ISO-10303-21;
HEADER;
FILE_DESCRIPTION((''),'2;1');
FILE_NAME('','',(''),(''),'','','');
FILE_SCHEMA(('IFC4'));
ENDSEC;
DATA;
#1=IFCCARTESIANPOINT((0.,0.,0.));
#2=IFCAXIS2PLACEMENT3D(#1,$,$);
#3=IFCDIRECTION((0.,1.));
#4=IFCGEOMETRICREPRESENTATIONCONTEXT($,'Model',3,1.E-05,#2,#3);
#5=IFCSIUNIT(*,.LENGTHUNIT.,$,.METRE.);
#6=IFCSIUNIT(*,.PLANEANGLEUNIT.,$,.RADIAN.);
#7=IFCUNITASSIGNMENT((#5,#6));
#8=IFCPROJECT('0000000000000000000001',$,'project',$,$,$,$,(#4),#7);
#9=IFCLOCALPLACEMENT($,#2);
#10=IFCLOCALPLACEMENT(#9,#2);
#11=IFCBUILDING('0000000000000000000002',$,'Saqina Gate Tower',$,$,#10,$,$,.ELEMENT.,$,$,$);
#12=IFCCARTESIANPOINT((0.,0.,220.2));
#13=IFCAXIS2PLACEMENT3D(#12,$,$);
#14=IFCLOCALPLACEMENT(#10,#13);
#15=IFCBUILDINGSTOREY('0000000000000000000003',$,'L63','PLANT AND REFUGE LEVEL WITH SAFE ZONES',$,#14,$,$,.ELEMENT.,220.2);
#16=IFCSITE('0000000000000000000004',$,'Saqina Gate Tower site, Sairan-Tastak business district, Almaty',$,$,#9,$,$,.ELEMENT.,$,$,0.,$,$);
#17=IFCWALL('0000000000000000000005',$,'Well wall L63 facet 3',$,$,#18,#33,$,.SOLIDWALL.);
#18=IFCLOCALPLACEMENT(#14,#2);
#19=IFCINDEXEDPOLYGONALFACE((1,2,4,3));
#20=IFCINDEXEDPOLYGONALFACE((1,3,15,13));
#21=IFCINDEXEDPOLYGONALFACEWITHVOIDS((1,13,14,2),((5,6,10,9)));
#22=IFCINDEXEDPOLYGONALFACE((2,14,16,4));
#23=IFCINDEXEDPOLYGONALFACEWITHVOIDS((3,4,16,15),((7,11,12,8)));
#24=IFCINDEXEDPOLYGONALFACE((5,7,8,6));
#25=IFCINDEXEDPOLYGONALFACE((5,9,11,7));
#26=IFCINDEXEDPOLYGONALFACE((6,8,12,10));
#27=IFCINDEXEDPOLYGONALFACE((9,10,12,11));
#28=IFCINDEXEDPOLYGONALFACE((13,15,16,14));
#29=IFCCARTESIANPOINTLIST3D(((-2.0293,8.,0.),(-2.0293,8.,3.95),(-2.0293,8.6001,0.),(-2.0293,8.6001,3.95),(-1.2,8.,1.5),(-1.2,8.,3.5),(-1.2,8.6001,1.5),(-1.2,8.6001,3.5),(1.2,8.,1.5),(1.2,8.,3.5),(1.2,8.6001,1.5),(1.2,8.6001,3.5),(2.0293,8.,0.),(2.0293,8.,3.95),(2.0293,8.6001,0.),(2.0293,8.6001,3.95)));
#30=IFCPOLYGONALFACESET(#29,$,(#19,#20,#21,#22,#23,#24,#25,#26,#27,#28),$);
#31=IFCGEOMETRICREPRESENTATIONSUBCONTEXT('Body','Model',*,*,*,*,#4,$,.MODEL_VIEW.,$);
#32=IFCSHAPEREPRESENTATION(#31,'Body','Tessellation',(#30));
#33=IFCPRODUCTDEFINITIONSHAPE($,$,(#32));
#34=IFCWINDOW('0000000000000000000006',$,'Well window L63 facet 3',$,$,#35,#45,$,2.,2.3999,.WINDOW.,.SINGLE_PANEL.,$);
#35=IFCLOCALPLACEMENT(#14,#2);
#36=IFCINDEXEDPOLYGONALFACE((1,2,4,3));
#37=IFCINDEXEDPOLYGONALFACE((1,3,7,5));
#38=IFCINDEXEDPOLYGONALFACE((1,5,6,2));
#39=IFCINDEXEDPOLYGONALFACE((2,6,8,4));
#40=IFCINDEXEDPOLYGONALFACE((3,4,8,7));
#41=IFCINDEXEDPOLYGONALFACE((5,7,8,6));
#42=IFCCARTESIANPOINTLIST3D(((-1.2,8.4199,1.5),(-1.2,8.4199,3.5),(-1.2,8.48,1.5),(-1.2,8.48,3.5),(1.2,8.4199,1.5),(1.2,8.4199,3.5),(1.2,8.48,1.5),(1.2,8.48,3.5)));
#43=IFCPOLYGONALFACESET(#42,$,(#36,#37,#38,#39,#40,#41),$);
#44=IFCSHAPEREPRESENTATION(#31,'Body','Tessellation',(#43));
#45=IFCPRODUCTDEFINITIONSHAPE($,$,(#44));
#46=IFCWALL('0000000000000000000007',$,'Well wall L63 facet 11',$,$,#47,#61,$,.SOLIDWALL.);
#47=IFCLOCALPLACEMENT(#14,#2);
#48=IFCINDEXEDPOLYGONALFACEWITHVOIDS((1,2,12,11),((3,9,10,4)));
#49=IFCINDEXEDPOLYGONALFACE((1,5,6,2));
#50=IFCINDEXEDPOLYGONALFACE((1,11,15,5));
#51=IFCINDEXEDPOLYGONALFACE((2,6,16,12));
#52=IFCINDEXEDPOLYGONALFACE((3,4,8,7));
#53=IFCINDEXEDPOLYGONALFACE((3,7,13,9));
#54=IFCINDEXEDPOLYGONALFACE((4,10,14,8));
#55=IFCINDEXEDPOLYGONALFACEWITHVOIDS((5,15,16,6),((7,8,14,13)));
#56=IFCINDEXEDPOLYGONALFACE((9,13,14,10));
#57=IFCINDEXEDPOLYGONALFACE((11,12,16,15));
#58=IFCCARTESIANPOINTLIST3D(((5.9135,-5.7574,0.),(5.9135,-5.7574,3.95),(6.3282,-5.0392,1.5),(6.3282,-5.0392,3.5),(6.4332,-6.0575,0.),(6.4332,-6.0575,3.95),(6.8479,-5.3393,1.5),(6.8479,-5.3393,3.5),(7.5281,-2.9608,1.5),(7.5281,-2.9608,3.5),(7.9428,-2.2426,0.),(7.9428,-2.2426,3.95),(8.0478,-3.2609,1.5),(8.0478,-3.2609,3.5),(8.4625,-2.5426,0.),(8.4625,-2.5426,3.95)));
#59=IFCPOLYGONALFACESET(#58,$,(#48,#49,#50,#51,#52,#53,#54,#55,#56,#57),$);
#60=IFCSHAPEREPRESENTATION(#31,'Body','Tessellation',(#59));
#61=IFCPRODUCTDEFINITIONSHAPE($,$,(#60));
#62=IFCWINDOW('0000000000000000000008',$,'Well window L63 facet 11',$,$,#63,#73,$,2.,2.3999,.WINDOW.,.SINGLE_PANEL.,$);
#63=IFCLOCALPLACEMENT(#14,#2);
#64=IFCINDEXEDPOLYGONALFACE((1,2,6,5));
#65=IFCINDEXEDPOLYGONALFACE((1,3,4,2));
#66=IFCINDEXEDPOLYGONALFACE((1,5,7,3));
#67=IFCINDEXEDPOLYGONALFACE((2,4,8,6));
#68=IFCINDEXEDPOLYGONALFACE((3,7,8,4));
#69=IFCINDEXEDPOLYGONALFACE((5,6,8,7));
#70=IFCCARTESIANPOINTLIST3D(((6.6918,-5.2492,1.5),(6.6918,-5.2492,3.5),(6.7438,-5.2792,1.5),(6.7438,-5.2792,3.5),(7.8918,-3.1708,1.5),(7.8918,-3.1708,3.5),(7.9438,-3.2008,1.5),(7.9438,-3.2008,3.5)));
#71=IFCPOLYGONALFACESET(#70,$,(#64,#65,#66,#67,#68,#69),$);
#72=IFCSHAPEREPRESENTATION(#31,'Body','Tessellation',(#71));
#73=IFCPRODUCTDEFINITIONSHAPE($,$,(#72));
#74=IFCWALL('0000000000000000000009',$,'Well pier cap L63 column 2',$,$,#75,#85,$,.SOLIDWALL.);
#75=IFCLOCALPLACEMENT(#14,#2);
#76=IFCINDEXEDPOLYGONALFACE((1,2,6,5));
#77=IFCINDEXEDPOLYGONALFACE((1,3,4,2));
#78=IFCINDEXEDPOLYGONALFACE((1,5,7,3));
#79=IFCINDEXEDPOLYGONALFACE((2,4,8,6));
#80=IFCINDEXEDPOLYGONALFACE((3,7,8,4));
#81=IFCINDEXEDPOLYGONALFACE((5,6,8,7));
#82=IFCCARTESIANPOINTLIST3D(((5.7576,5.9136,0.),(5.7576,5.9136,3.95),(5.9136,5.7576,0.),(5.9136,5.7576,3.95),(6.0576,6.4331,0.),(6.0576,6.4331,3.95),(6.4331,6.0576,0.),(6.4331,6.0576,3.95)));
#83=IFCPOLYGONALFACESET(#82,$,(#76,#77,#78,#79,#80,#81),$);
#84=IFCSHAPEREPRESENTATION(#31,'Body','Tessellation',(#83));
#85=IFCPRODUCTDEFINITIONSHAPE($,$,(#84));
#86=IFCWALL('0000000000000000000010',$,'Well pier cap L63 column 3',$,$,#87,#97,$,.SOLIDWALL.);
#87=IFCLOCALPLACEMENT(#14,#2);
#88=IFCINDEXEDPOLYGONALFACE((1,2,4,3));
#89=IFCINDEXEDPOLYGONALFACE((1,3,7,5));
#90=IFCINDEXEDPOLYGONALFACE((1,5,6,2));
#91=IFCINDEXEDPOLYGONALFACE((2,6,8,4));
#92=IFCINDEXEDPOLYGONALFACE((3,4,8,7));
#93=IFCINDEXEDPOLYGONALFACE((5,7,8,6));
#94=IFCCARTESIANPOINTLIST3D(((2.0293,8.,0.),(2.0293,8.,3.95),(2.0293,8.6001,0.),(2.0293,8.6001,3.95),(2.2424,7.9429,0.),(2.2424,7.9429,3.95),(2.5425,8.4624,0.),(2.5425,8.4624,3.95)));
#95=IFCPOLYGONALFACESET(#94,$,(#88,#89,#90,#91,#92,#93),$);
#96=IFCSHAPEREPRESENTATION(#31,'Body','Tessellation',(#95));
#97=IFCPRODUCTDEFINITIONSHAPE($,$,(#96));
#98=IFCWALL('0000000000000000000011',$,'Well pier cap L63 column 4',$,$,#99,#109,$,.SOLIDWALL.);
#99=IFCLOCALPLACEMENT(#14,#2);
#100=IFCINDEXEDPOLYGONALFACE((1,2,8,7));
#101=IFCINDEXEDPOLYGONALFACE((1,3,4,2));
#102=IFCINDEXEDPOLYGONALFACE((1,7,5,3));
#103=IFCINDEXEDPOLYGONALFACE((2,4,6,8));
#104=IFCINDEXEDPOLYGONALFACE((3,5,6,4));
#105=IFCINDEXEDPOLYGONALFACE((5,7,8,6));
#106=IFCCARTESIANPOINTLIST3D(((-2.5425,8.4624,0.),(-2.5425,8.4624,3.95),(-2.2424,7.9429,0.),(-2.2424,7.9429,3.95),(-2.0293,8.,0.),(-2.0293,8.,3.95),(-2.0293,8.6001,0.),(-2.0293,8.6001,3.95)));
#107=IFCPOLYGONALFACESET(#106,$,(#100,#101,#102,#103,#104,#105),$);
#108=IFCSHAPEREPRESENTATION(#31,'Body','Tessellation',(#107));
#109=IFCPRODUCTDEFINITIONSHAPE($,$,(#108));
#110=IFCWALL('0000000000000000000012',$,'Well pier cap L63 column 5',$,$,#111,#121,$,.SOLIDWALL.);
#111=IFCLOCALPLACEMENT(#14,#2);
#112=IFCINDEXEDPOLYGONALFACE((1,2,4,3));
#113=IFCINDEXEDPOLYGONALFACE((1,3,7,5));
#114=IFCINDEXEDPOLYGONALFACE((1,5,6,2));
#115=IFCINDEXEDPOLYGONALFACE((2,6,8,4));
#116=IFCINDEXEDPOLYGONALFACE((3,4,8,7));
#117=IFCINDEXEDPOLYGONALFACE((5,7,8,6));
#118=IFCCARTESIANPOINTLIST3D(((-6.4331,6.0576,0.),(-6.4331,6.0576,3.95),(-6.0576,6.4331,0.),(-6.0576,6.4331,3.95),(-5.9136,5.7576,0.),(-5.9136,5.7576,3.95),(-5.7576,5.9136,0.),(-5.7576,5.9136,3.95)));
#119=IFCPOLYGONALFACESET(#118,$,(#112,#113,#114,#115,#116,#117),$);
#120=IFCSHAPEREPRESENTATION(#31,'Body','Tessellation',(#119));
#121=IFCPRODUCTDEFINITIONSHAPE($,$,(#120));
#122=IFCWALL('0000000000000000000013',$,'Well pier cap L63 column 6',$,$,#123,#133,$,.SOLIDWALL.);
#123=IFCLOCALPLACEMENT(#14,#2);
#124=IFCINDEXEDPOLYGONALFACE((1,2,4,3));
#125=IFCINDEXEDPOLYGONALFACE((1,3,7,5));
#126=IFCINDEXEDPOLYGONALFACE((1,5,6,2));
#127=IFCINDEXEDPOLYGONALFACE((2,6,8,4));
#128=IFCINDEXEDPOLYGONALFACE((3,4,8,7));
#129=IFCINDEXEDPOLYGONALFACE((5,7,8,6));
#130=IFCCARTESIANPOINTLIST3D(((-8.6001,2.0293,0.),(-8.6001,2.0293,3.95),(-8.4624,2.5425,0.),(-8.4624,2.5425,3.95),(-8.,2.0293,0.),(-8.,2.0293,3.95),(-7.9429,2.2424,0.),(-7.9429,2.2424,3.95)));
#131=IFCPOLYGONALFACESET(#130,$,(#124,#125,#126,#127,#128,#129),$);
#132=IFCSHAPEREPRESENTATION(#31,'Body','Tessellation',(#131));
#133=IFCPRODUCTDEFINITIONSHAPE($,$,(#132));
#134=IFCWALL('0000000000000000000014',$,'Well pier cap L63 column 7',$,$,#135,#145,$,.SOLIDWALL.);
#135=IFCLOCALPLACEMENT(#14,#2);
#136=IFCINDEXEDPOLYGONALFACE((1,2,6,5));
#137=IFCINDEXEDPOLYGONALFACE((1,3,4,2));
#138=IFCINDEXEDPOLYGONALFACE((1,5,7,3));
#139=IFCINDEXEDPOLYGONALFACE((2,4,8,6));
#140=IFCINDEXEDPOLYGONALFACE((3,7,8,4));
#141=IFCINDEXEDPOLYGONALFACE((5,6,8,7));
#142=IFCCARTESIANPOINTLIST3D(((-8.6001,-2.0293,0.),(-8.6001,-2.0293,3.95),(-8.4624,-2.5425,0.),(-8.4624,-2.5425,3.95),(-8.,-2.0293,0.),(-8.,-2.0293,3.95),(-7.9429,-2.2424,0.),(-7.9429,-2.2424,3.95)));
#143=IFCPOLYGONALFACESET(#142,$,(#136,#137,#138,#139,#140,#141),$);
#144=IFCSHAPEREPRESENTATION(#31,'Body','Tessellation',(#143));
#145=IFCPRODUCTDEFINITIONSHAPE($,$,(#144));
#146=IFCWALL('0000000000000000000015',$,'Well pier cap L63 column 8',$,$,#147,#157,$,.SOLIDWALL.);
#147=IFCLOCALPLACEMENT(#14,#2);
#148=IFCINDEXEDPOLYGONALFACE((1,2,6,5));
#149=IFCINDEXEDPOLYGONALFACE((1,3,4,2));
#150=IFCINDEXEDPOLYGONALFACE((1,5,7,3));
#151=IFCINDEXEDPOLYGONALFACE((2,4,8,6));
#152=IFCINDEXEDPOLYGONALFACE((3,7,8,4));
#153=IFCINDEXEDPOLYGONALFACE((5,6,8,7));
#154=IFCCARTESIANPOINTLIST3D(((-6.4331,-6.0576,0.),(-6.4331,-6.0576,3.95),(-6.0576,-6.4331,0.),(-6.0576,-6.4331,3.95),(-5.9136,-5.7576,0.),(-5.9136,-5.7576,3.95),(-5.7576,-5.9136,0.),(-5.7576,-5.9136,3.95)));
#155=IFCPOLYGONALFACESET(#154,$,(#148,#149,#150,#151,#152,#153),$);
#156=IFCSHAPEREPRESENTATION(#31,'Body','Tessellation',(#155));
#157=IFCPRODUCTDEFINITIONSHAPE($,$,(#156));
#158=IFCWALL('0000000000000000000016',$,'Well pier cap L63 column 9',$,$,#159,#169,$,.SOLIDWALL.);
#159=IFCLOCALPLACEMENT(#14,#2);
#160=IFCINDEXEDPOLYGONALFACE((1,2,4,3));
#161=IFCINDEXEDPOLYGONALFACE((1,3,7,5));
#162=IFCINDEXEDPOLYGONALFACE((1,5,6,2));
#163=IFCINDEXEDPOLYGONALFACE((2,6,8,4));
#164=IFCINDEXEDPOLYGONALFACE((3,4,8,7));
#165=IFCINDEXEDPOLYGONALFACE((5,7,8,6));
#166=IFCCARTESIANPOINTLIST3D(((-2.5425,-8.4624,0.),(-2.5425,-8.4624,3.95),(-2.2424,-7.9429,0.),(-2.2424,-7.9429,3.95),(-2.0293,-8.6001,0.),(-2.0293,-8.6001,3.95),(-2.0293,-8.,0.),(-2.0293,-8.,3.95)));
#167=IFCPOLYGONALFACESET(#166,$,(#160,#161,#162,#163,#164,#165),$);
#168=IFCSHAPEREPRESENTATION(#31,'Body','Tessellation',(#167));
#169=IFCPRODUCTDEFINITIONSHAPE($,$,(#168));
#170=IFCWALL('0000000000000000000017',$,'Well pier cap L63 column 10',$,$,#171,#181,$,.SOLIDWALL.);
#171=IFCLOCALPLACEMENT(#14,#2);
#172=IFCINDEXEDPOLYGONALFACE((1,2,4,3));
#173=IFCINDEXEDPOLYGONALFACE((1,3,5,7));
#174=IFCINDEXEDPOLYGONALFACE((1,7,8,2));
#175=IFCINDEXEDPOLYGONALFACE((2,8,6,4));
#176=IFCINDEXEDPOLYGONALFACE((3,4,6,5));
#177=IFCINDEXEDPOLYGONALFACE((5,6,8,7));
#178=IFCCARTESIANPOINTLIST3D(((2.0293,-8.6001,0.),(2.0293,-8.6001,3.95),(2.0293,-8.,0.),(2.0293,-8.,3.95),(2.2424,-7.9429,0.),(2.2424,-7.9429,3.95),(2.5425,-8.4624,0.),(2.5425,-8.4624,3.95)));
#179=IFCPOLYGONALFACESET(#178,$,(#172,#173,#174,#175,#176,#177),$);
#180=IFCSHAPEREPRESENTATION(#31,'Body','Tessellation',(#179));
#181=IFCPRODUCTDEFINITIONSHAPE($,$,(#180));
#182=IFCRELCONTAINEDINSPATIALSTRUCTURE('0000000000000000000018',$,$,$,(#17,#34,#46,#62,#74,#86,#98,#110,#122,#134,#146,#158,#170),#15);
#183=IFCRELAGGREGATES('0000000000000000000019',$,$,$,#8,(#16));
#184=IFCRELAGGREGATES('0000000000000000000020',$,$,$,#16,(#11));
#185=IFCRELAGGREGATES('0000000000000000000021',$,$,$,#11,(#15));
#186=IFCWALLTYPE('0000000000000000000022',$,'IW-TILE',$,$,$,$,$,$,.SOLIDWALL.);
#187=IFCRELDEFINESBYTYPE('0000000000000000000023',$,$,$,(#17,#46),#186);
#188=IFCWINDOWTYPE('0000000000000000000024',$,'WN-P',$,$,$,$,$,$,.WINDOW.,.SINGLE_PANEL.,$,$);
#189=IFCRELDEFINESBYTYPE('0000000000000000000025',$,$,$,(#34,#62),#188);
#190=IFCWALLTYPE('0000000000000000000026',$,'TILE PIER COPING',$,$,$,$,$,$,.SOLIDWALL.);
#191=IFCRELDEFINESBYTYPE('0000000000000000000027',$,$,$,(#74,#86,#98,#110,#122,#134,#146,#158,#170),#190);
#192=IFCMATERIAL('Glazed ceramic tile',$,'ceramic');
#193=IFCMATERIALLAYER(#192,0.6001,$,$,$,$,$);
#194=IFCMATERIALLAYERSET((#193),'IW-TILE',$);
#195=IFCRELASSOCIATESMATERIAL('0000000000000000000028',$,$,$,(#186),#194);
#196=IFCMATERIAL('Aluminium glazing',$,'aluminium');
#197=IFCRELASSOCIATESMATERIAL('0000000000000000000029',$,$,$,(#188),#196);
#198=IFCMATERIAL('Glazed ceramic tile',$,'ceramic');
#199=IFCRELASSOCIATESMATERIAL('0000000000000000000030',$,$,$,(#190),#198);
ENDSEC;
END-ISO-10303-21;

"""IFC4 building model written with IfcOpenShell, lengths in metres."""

from ifc_helpers import new_model, si_unit, direction, frame, frame_2d, origin, place, context, subcontext, project, spatial, polyline, rectangle, outline, extrude, material, layer, layer_set, type_object, element, fill, save


model = new_model("IFC4")

# Units and contexts
model_context = context("Model", 3, precision=1e-05, world=origin(), true_north=direction((0.0, 1.0)))
body_context = subcontext(model_context, "Body", "Model", "MODEL_VIEW")
ifc_project = project(units=[si_unit("LENGTHUNIT", "METRE"), si_unit("PLANEANGLEUNIT", "RADIAN")], contexts=[model_context])

# Site, building, storey
site_placement = place(None, origin())
site = spatial("IfcSite", under=ifc_project, at=site_placement, Name="Saqina Gate Tower site, Sairan-Tastak business district, Almaty", CompositionType="ELEMENT", RefElevation=0.0)
building_placement = place(site_placement, origin())
building = spatial("IfcBuilding", under=site, at=building_placement, Name="Saqina Gate Tower", CompositionType="ELEMENT")
storey_placement = place(building_placement, frame((0.0, 0.0, 220.2)))
storey = spatial("IfcBuildingStorey", under=building, at=storey_placement, Name="L63", Description="PLANT AND REFUGE LEVEL WITH SAFE ZONES", CompositionType="ELEMENT", Elevation=220.2)

# Walls, openings, windows
ifc_material_1 = material(Name="Glazed ceramic tile", Category="ceramic")
ifc_layer_1 = layer(ifc_material_1, 0.6001)
ifc_layer_set_1 = layer_set([ifc_layer_1], Name="IW-TILE")
wall_type_1 = type_object("IfcWallType", Name="IW-TILE", PredefinedType="SOLIDWALL", material=ifc_layer_set_1)
ifc_material_2 = material(Name="Aluminium glazing", Category="aluminium")
window_type = type_object("IfcWindowType", Name="WN-P", PartitioningType="SINGLE_PANEL", PredefinedType="WINDOW", material=ifc_material_2)
wall_1_placement = place(storey_placement, frame((2.0293, 8.3, 0.0), z_axis=(0.0, 0.0, 1.0), x_axis=(-1.0, 0.0, 0.0)))
wall_1 = element("IfcWall", 1, at=wall_1_placement, inside=storey, type_object=wall_type_1, Name="Well wall L63 facet 3", PredefinedType="SOLIDWALL", context=body_context, shape_type="SweptSolid", body=[
    extrude(rectangle(XDim=4.0586, YDim=0.6001, at=frame_2d((2.0293, 0.0))), origin(), (0.0, 0.0, 1.0), 3.95),
])
opening_1_placement = place(wall_1_placement, frame((0.8293, 0.0, 1.5)))
opening_1 = element("IfcOpeningElement", 2, at=opening_1_placement, cuts=wall_1, PredefinedType="OPENING", context=body_context, shape_type="SweptSolid", body=[
    extrude(rectangle(XDim=2.3999, YDim=2.0, at=frame_2d((1.2, 1.0))), frame((0.0, 0.312, 0.0), z_axis=(0.0, -1.0, 0.0), x_axis=(1.0, 0.0, 0.0)), (0.0, 0.0, 1.0), 0.624),
])
window_1_placement = place(opening_1_placement, origin())
window_1 = element("IfcWindow", 3, at=window_1_placement, inside=storey, type_object=window_type, Name="Well window L63 facet 3", OverallHeight=2.0, OverallWidth=2.3999, PartitioningType="SINGLE_PANEL", PredefinedType="WINDOW", context=body_context, shape_type="SweptSolid", body=[
    extrude(rectangle(XDim=2.3999, YDim=2.0, at=frame_2d((1.2, 1.0))), frame((0.0, -0.1199, 0.0), z_axis=(0.0, -1.0, 0.0), x_axis=(1.0, 0.0, 0.0)), (0.0, 0.0, 1.0), 0.0601),
])
fill(opening_1, window_1)
wall_2_placement = place(storey_placement, frame((6.1733, -5.9075, 0.0), z_axis=(0.0, 0.0, 1.0), x_axis=(0.499995, 0.866028, 0.0)))
wall_2 = element("IfcWall", 4, at=wall_2_placement, inside=storey, type_object=wall_type_1, Name="Well wall L63 facet 11", PredefinedType="SOLIDWALL", context=body_context, shape_type="SweptSolid", body=[
    extrude(rectangle(XDim=4.0586, YDim=0.6001, at=frame_2d((2.0293, 0.0))), origin(), (0.0, 0.0, 1.0), 3.95),
])
opening_2_placement = place(wall_2_placement, frame((0.8293, 0.0, 1.5)))
opening_2 = element("IfcOpeningElement", 5, at=opening_2_placement, cuts=wall_2, PredefinedType="OPENING", context=body_context, shape_type="SweptSolid", body=[
    extrude(rectangle(XDim=2.3999, YDim=2.0, at=frame_2d((1.2, 1.0))), frame((0.0, 0.312, 0.0), z_axis=(0.0, -1.0, 0.0), x_axis=(1.0, 0.0, 0.0)), (0.0, 0.0, 1.0), 0.624),
])
window_2_placement = place(opening_2_placement, origin())
window_2 = element("IfcWindow", 6, at=window_2_placement, inside=storey, type_object=window_type, Name="Well window L63 facet 11", OverallHeight=2.0, OverallWidth=2.3999, PartitioningType="SINGLE_PANEL", PredefinedType="WINDOW", context=body_context, shape_type="SweptSolid", body=[
    extrude(rectangle(XDim=2.3999, YDim=2.0, at=frame_2d((1.2, 1.0))), frame((0.0, -0.1199, 0.0), z_axis=(0.0, -1.0, 0.0), x_axis=(1.0, 0.0, 0.0)), (0.0, 0.0, 1.0), 0.0601),
])
fill(opening_2, window_2)

# Walls
ifc_material_3 = material(Name="Glazed ceramic tile", Category="ceramic")
wall_type_2 = type_object("IfcWallType", Name="TILE PIER COPING", PredefinedType="SOLIDWALL", material=ifc_material_3)
wall_3_placement = place(storey_placement, origin())
element("IfcWall", 7, at=wall_3_placement, inside=storey, type_object=wall_type_2, Name="Well pier cap L63 column 2", PredefinedType="SOLIDWALL", context=body_context, shape_type="SweptSolid", body=[
    extrude(outline(polyline([(6.0576, 6.4331), (5.7576, 5.9136), (5.9136, 5.7576), (6.4331, 6.0576), (6.0576, 6.4331)])), origin(), (0.0, 0.0, 1.0), 3.95),
])
wall_4_placement = place(storey_placement, origin())
element("IfcWall", 8, at=wall_4_placement, inside=storey, type_object=wall_type_2, Name="Well pier cap L63 column 3", PredefinedType="SOLIDWALL", context=body_context, shape_type="SweptSolid", body=[
    extrude(outline(polyline([(2.0293, 8.6001), (2.0293, 8.0), (2.2424, 7.9429), (2.5425, 8.4624), (2.0293, 8.6001)])), origin(), (0.0, 0.0, 1.0), 3.95),
])
wall_5_placement = place(storey_placement, origin())
element("IfcWall", 9, at=wall_5_placement, inside=storey, type_object=wall_type_2, Name="Well pier cap L63 column 4", PredefinedType="SOLIDWALL", context=body_context, shape_type="SweptSolid", body=[
    extrude(outline(polyline([(-2.5425, 8.4624), (-2.2424, 7.9429), (-2.0293, 8.0), (-2.0293, 8.6001), (-2.5425, 8.4624)])), origin(), (0.0, 0.0, 1.0), 3.95),
])
wall_6_placement = place(storey_placement, origin())
element("IfcWall", 10, at=wall_6_placement, inside=storey, type_object=wall_type_2, Name="Well pier cap L63 column 5", PredefinedType="SOLIDWALL", context=body_context, shape_type="SweptSolid", body=[
    extrude(outline(polyline([(-6.4331, 6.0576), (-5.9136, 5.7576), (-5.7576, 5.9136), (-6.0576, 6.4331), (-6.4331, 6.0576)])), origin(), (0.0, 0.0, 1.0), 3.95),
])
wall_7_placement = place(storey_placement, origin())
element("IfcWall", 11, at=wall_7_placement, inside=storey, type_object=wall_type_2, Name="Well pier cap L63 column 6", PredefinedType="SOLIDWALL", context=body_context, shape_type="SweptSolid", body=[
    extrude(outline(polyline([(-8.6001, 2.0293), (-8.0, 2.0293), (-7.9429, 2.2424), (-8.4624, 2.5425), (-8.6001, 2.0293)])), origin(), (0.0, 0.0, 1.0), 3.95),
])
wall_8_placement = place(storey_placement, origin())
element("IfcWall", 12, at=wall_8_placement, inside=storey, type_object=wall_type_2, Name="Well pier cap L63 column 7", PredefinedType="SOLIDWALL", context=body_context, shape_type="SweptSolid", body=[
    extrude(outline(polyline([(-8.4624, -2.5425), (-7.9429, -2.2424), (-8.0, -2.0293), (-8.6001, -2.0293), (-8.4624, -2.5425)])), origin(), (0.0, 0.0, 1.0), 3.95),
])
wall_9_placement = place(storey_placement, origin())
element("IfcWall", 13, at=wall_9_placement, inside=storey, type_object=wall_type_2, Name="Well pier cap L63 column 8", PredefinedType="SOLIDWALL", context=body_context, shape_type="SweptSolid", body=[
    extrude(outline(polyline([(-6.0576, -6.4331), (-5.7576, -5.9136), (-5.9136, -5.7576), (-6.4331, -6.0576), (-6.0576, -6.4331)])), origin(), (0.0, 0.0, 1.0), 3.95),
])
wall_10_placement = place(storey_placement, origin())
element("IfcWall", 14, at=wall_10_placement, inside=storey, type_object=wall_type_2, Name="Well pier cap L63 column 9", PredefinedType="SOLIDWALL", context=body_context, shape_type="SweptSolid", body=[
    extrude(outline(polyline([(-2.0293, -8.6001), (-2.0293, -8.0), (-2.2424, -7.9429), (-2.5425, -8.4624), (-2.0293, -8.6001)])), origin(), (0.0, 0.0, 1.0), 3.95),
])
wall_11_placement = place(storey_placement, origin())
element("IfcWall", 15, at=wall_11_placement, inside=storey, type_object=wall_type_2, Name="Well pier cap L63 column 10", PredefinedType="SOLIDWALL", context=body_context, shape_type="SweptSolid", body=[
    extrude(outline(polyline([(2.5425, -8.4624), (2.2424, -7.9429), (2.0293, -8.0), (2.0293, -8.6001), (2.5425, -8.4624)])), origin(), (0.0, 0.0, 1.0), 3.95),
])

save(model, "model.ifc")
